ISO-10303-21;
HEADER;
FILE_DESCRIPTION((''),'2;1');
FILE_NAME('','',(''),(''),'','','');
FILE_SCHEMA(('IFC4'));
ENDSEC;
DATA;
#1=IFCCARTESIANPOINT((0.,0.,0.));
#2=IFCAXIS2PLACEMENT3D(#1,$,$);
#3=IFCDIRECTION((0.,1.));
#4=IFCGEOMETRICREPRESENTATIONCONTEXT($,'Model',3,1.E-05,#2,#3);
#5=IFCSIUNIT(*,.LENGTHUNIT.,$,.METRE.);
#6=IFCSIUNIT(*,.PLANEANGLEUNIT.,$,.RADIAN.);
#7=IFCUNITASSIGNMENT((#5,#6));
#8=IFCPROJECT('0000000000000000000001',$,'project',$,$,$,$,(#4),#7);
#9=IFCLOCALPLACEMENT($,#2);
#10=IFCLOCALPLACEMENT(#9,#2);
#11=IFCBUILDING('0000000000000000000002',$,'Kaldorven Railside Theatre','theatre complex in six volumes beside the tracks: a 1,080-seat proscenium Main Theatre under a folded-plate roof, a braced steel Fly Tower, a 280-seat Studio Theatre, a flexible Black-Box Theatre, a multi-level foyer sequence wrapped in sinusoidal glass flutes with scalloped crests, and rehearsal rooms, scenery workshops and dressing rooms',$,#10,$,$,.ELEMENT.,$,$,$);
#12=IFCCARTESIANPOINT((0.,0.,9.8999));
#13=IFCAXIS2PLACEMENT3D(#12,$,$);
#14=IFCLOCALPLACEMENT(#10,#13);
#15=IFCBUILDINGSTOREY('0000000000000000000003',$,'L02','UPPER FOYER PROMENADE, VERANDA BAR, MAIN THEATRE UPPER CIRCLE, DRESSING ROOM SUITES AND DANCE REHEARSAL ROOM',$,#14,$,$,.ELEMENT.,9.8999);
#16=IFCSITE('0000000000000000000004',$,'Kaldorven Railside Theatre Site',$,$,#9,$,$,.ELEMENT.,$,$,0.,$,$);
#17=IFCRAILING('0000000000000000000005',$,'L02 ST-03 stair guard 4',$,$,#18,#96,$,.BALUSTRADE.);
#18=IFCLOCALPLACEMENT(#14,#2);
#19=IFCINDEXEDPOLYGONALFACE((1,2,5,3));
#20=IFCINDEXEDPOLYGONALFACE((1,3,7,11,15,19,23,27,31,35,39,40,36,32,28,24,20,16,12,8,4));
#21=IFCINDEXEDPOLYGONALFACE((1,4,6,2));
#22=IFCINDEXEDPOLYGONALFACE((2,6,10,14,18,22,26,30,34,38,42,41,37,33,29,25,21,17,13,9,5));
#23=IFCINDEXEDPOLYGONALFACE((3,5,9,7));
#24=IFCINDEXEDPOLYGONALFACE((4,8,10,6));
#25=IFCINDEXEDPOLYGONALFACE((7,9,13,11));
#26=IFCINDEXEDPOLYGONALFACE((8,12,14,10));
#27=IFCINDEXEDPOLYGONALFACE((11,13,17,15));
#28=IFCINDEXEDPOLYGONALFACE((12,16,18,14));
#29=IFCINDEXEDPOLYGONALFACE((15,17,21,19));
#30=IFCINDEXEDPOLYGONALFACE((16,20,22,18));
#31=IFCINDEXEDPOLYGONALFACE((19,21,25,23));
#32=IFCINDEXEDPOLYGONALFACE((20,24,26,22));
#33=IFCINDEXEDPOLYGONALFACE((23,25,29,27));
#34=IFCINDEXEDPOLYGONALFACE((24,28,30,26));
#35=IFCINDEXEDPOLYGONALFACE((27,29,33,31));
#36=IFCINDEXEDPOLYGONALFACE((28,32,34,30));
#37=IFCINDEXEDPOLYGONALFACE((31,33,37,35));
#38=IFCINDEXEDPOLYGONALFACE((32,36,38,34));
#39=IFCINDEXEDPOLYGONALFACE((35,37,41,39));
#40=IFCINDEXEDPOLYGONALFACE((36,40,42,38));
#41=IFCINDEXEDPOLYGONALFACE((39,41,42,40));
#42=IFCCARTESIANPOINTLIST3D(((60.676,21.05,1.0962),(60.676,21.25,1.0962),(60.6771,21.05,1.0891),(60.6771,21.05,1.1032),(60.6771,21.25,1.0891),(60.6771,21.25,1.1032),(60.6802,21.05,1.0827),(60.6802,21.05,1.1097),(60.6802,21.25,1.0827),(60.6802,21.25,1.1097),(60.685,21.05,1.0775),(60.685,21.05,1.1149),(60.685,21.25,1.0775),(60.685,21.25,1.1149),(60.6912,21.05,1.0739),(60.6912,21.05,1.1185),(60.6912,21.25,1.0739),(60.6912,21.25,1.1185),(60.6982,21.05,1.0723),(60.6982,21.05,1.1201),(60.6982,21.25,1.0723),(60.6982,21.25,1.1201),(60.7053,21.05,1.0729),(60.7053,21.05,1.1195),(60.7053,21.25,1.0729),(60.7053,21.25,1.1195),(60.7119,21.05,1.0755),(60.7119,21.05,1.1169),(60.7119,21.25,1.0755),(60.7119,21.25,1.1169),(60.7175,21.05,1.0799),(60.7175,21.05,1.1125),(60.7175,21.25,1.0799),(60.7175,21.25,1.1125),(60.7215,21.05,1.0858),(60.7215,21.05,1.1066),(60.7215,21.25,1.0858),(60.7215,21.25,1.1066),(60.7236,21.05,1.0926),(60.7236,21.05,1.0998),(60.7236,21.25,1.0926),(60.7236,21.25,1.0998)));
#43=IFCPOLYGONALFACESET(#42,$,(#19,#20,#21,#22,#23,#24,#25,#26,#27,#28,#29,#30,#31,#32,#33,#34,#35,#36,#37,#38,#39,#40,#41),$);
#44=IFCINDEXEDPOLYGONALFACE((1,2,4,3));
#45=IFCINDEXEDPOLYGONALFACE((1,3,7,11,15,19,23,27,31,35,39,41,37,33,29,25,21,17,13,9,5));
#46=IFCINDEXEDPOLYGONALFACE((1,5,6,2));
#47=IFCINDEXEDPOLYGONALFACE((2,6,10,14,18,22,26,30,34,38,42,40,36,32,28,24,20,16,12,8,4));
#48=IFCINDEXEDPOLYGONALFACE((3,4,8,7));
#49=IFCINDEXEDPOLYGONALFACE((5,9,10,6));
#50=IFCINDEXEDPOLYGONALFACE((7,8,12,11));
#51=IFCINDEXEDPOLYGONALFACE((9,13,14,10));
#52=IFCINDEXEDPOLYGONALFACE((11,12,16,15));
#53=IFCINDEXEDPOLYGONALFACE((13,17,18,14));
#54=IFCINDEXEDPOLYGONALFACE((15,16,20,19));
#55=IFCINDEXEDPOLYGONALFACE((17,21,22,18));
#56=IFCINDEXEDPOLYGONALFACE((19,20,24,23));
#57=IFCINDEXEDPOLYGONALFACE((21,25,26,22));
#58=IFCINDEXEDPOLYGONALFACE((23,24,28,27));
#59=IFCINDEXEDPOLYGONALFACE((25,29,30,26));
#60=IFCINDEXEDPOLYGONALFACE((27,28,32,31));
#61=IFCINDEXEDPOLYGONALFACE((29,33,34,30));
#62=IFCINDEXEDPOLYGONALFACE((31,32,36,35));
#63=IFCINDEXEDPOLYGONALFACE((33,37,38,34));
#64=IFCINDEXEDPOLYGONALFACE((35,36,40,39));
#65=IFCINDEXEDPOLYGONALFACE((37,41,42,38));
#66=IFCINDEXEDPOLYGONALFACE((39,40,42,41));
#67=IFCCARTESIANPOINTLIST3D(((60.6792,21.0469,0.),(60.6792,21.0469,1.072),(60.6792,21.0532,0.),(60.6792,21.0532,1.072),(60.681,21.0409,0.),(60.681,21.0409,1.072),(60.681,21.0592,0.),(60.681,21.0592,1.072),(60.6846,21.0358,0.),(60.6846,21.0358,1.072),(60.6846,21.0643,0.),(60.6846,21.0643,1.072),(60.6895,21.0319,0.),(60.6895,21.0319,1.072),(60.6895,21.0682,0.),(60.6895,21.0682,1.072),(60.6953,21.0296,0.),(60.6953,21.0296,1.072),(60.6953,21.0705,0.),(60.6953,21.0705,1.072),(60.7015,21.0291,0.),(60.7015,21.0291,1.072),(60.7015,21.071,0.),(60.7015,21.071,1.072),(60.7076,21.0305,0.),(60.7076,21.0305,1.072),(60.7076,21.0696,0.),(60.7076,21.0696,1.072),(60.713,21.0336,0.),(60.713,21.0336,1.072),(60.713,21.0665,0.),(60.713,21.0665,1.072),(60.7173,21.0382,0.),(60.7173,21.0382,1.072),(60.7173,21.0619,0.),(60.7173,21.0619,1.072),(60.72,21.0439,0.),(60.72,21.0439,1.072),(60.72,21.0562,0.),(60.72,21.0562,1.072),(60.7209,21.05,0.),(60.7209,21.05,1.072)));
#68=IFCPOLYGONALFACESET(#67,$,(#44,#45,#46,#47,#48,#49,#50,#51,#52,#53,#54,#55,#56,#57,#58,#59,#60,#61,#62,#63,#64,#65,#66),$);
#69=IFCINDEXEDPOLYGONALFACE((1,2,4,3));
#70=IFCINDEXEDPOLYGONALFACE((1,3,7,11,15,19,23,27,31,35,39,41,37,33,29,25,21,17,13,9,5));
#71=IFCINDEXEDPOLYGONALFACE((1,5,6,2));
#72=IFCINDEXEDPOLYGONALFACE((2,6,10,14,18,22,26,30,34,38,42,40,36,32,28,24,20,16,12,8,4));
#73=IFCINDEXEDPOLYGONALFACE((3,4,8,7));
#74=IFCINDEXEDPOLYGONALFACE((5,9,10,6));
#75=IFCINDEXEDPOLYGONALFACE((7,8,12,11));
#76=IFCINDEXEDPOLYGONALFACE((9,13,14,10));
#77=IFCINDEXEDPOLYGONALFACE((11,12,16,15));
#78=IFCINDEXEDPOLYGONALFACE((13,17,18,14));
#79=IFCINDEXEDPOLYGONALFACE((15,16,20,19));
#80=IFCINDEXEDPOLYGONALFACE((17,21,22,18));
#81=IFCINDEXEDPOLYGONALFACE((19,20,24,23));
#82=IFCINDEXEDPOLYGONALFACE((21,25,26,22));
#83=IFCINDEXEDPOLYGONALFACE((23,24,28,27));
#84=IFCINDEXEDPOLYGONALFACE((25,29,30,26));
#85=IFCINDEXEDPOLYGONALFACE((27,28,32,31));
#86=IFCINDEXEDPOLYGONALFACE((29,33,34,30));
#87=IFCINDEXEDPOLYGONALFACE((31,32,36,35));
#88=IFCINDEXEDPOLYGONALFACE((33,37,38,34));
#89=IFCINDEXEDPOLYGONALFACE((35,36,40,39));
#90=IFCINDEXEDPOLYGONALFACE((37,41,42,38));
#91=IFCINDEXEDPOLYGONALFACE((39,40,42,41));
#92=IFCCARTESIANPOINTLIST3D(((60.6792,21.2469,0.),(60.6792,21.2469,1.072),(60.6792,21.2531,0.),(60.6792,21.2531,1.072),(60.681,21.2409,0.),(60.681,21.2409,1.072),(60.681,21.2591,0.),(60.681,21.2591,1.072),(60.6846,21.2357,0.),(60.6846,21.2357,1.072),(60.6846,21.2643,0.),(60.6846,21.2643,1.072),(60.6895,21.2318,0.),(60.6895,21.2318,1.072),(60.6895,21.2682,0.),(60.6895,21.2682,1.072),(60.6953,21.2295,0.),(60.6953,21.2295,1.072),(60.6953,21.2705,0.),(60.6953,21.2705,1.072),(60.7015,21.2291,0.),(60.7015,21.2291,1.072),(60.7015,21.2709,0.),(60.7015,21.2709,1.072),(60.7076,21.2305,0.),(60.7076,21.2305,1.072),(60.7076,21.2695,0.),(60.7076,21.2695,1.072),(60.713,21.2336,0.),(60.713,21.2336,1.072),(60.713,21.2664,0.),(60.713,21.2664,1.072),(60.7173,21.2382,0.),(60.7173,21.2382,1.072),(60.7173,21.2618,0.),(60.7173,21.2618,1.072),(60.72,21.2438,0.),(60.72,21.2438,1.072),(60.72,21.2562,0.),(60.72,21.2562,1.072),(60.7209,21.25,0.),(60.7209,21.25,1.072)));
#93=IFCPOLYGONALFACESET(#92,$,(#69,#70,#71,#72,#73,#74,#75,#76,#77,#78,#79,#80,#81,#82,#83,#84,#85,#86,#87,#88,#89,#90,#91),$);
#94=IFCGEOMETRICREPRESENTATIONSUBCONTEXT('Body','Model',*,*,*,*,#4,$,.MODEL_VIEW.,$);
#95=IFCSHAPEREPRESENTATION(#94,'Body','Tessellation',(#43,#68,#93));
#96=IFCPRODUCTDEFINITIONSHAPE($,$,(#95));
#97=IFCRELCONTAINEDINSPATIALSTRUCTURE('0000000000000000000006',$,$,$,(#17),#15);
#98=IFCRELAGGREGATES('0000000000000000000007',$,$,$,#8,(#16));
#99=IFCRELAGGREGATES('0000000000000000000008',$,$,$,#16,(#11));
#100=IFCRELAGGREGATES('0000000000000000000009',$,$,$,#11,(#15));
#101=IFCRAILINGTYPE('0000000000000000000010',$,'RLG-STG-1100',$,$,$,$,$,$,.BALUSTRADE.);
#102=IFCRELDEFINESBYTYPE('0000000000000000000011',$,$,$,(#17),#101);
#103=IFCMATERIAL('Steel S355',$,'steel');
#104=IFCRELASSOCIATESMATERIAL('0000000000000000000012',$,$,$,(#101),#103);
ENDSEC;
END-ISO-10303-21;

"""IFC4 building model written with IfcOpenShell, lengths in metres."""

from ifc_helpers import new_model, si_unit, direction, frame, origin, origin_2d, place, context, subcontext, project, spatial, circle, extrude, material, type_object, element, save


model = new_model("IFC4")

# Units and contexts
model_context = context("Model", 3, precision=1e-05, world=origin(), true_north=direction((0.0, 1.0)))
body_context = subcontext(model_context, "Body", "Model", "MODEL_VIEW")
ifc_project = project(units=[si_unit("LENGTHUNIT", "METRE"), si_unit("PLANEANGLEUNIT", "RADIAN")], contexts=[model_context])

# Site, building, storey
site_placement = place(None, origin())
site = spatial("IfcSite", under=ifc_project, at=site_placement, Name="Kaldorven Railside Theatre Site", CompositionType="ELEMENT", RefElevation=0.0)
building_placement = place(site_placement, origin())
building = spatial("IfcBuilding", under=site, at=building_placement, Name="Kaldorven Railside Theatre", Description="theatre complex in six volumes beside the tracks: a 1,080-seat proscenium Main Theatre under a folded-plate roof, a braced steel Fly Tower, a 280-seat Studio Theatre, a flexible Black-Box Theatre, a multi-level foyer sequence wrapped in sinusoidal glass flutes with scalloped crests, and rehearsal rooms, scenery workshops and dressing rooms", CompositionType="ELEMENT")
storey_placement = place(building_placement, frame((0.0, 0.0, 9.8999)))
storey = spatial("IfcBuildingStorey", under=building, at=storey_placement, Name="L02", Description="UPPER FOYER PROMENADE, VERANDA BAR, MAIN THEATRE UPPER CIRCLE, DRESSING ROOM SUITES AND DANCE REHEARSAL ROOM", CompositionType="ELEMENT", Elevation=9.8999)

# Shared definitions
ifc_material_1 = material(Name="Steel S355", Category="steel")

# Railing
railing_type_1 = type_object("IfcRailingType", Name="RLG-STG-1100", PredefinedType="BALUSTRADE", material=ifc_material_1)
railing_1_placement = place(storey_placement, frame((60.7, 21.05, 0.0)))
element("IfcRailing", 1, at=railing_1_placement, inside=storey, type_object=railing_type_1, Name="L02 ST-03 stair guard 4", PredefinedType="BALUSTRADE", context=body_context, shape_type="SweptSolid", body=[
    extrude(circle(Radius=0.0239, at=origin_2d()), frame((0.0, 0.0, 1.0962), z_axis=(0.0, 1.0, 0.0), x_axis=(-1.0, 0.0, 0.0)), (0.0, 0.0, 1.0), 0.2),
    extrude(circle(Radius=0.021, at=origin_2d()), origin(), (0.0, 0.0, 1.0), 1.072),
    extrude(circle(Radius=0.021, at=origin_2d()), frame((0.0, 0.2, 0.0)), (0.0, 0.0, 1.0), 1.072),
])

save(model, "model.ifc")
